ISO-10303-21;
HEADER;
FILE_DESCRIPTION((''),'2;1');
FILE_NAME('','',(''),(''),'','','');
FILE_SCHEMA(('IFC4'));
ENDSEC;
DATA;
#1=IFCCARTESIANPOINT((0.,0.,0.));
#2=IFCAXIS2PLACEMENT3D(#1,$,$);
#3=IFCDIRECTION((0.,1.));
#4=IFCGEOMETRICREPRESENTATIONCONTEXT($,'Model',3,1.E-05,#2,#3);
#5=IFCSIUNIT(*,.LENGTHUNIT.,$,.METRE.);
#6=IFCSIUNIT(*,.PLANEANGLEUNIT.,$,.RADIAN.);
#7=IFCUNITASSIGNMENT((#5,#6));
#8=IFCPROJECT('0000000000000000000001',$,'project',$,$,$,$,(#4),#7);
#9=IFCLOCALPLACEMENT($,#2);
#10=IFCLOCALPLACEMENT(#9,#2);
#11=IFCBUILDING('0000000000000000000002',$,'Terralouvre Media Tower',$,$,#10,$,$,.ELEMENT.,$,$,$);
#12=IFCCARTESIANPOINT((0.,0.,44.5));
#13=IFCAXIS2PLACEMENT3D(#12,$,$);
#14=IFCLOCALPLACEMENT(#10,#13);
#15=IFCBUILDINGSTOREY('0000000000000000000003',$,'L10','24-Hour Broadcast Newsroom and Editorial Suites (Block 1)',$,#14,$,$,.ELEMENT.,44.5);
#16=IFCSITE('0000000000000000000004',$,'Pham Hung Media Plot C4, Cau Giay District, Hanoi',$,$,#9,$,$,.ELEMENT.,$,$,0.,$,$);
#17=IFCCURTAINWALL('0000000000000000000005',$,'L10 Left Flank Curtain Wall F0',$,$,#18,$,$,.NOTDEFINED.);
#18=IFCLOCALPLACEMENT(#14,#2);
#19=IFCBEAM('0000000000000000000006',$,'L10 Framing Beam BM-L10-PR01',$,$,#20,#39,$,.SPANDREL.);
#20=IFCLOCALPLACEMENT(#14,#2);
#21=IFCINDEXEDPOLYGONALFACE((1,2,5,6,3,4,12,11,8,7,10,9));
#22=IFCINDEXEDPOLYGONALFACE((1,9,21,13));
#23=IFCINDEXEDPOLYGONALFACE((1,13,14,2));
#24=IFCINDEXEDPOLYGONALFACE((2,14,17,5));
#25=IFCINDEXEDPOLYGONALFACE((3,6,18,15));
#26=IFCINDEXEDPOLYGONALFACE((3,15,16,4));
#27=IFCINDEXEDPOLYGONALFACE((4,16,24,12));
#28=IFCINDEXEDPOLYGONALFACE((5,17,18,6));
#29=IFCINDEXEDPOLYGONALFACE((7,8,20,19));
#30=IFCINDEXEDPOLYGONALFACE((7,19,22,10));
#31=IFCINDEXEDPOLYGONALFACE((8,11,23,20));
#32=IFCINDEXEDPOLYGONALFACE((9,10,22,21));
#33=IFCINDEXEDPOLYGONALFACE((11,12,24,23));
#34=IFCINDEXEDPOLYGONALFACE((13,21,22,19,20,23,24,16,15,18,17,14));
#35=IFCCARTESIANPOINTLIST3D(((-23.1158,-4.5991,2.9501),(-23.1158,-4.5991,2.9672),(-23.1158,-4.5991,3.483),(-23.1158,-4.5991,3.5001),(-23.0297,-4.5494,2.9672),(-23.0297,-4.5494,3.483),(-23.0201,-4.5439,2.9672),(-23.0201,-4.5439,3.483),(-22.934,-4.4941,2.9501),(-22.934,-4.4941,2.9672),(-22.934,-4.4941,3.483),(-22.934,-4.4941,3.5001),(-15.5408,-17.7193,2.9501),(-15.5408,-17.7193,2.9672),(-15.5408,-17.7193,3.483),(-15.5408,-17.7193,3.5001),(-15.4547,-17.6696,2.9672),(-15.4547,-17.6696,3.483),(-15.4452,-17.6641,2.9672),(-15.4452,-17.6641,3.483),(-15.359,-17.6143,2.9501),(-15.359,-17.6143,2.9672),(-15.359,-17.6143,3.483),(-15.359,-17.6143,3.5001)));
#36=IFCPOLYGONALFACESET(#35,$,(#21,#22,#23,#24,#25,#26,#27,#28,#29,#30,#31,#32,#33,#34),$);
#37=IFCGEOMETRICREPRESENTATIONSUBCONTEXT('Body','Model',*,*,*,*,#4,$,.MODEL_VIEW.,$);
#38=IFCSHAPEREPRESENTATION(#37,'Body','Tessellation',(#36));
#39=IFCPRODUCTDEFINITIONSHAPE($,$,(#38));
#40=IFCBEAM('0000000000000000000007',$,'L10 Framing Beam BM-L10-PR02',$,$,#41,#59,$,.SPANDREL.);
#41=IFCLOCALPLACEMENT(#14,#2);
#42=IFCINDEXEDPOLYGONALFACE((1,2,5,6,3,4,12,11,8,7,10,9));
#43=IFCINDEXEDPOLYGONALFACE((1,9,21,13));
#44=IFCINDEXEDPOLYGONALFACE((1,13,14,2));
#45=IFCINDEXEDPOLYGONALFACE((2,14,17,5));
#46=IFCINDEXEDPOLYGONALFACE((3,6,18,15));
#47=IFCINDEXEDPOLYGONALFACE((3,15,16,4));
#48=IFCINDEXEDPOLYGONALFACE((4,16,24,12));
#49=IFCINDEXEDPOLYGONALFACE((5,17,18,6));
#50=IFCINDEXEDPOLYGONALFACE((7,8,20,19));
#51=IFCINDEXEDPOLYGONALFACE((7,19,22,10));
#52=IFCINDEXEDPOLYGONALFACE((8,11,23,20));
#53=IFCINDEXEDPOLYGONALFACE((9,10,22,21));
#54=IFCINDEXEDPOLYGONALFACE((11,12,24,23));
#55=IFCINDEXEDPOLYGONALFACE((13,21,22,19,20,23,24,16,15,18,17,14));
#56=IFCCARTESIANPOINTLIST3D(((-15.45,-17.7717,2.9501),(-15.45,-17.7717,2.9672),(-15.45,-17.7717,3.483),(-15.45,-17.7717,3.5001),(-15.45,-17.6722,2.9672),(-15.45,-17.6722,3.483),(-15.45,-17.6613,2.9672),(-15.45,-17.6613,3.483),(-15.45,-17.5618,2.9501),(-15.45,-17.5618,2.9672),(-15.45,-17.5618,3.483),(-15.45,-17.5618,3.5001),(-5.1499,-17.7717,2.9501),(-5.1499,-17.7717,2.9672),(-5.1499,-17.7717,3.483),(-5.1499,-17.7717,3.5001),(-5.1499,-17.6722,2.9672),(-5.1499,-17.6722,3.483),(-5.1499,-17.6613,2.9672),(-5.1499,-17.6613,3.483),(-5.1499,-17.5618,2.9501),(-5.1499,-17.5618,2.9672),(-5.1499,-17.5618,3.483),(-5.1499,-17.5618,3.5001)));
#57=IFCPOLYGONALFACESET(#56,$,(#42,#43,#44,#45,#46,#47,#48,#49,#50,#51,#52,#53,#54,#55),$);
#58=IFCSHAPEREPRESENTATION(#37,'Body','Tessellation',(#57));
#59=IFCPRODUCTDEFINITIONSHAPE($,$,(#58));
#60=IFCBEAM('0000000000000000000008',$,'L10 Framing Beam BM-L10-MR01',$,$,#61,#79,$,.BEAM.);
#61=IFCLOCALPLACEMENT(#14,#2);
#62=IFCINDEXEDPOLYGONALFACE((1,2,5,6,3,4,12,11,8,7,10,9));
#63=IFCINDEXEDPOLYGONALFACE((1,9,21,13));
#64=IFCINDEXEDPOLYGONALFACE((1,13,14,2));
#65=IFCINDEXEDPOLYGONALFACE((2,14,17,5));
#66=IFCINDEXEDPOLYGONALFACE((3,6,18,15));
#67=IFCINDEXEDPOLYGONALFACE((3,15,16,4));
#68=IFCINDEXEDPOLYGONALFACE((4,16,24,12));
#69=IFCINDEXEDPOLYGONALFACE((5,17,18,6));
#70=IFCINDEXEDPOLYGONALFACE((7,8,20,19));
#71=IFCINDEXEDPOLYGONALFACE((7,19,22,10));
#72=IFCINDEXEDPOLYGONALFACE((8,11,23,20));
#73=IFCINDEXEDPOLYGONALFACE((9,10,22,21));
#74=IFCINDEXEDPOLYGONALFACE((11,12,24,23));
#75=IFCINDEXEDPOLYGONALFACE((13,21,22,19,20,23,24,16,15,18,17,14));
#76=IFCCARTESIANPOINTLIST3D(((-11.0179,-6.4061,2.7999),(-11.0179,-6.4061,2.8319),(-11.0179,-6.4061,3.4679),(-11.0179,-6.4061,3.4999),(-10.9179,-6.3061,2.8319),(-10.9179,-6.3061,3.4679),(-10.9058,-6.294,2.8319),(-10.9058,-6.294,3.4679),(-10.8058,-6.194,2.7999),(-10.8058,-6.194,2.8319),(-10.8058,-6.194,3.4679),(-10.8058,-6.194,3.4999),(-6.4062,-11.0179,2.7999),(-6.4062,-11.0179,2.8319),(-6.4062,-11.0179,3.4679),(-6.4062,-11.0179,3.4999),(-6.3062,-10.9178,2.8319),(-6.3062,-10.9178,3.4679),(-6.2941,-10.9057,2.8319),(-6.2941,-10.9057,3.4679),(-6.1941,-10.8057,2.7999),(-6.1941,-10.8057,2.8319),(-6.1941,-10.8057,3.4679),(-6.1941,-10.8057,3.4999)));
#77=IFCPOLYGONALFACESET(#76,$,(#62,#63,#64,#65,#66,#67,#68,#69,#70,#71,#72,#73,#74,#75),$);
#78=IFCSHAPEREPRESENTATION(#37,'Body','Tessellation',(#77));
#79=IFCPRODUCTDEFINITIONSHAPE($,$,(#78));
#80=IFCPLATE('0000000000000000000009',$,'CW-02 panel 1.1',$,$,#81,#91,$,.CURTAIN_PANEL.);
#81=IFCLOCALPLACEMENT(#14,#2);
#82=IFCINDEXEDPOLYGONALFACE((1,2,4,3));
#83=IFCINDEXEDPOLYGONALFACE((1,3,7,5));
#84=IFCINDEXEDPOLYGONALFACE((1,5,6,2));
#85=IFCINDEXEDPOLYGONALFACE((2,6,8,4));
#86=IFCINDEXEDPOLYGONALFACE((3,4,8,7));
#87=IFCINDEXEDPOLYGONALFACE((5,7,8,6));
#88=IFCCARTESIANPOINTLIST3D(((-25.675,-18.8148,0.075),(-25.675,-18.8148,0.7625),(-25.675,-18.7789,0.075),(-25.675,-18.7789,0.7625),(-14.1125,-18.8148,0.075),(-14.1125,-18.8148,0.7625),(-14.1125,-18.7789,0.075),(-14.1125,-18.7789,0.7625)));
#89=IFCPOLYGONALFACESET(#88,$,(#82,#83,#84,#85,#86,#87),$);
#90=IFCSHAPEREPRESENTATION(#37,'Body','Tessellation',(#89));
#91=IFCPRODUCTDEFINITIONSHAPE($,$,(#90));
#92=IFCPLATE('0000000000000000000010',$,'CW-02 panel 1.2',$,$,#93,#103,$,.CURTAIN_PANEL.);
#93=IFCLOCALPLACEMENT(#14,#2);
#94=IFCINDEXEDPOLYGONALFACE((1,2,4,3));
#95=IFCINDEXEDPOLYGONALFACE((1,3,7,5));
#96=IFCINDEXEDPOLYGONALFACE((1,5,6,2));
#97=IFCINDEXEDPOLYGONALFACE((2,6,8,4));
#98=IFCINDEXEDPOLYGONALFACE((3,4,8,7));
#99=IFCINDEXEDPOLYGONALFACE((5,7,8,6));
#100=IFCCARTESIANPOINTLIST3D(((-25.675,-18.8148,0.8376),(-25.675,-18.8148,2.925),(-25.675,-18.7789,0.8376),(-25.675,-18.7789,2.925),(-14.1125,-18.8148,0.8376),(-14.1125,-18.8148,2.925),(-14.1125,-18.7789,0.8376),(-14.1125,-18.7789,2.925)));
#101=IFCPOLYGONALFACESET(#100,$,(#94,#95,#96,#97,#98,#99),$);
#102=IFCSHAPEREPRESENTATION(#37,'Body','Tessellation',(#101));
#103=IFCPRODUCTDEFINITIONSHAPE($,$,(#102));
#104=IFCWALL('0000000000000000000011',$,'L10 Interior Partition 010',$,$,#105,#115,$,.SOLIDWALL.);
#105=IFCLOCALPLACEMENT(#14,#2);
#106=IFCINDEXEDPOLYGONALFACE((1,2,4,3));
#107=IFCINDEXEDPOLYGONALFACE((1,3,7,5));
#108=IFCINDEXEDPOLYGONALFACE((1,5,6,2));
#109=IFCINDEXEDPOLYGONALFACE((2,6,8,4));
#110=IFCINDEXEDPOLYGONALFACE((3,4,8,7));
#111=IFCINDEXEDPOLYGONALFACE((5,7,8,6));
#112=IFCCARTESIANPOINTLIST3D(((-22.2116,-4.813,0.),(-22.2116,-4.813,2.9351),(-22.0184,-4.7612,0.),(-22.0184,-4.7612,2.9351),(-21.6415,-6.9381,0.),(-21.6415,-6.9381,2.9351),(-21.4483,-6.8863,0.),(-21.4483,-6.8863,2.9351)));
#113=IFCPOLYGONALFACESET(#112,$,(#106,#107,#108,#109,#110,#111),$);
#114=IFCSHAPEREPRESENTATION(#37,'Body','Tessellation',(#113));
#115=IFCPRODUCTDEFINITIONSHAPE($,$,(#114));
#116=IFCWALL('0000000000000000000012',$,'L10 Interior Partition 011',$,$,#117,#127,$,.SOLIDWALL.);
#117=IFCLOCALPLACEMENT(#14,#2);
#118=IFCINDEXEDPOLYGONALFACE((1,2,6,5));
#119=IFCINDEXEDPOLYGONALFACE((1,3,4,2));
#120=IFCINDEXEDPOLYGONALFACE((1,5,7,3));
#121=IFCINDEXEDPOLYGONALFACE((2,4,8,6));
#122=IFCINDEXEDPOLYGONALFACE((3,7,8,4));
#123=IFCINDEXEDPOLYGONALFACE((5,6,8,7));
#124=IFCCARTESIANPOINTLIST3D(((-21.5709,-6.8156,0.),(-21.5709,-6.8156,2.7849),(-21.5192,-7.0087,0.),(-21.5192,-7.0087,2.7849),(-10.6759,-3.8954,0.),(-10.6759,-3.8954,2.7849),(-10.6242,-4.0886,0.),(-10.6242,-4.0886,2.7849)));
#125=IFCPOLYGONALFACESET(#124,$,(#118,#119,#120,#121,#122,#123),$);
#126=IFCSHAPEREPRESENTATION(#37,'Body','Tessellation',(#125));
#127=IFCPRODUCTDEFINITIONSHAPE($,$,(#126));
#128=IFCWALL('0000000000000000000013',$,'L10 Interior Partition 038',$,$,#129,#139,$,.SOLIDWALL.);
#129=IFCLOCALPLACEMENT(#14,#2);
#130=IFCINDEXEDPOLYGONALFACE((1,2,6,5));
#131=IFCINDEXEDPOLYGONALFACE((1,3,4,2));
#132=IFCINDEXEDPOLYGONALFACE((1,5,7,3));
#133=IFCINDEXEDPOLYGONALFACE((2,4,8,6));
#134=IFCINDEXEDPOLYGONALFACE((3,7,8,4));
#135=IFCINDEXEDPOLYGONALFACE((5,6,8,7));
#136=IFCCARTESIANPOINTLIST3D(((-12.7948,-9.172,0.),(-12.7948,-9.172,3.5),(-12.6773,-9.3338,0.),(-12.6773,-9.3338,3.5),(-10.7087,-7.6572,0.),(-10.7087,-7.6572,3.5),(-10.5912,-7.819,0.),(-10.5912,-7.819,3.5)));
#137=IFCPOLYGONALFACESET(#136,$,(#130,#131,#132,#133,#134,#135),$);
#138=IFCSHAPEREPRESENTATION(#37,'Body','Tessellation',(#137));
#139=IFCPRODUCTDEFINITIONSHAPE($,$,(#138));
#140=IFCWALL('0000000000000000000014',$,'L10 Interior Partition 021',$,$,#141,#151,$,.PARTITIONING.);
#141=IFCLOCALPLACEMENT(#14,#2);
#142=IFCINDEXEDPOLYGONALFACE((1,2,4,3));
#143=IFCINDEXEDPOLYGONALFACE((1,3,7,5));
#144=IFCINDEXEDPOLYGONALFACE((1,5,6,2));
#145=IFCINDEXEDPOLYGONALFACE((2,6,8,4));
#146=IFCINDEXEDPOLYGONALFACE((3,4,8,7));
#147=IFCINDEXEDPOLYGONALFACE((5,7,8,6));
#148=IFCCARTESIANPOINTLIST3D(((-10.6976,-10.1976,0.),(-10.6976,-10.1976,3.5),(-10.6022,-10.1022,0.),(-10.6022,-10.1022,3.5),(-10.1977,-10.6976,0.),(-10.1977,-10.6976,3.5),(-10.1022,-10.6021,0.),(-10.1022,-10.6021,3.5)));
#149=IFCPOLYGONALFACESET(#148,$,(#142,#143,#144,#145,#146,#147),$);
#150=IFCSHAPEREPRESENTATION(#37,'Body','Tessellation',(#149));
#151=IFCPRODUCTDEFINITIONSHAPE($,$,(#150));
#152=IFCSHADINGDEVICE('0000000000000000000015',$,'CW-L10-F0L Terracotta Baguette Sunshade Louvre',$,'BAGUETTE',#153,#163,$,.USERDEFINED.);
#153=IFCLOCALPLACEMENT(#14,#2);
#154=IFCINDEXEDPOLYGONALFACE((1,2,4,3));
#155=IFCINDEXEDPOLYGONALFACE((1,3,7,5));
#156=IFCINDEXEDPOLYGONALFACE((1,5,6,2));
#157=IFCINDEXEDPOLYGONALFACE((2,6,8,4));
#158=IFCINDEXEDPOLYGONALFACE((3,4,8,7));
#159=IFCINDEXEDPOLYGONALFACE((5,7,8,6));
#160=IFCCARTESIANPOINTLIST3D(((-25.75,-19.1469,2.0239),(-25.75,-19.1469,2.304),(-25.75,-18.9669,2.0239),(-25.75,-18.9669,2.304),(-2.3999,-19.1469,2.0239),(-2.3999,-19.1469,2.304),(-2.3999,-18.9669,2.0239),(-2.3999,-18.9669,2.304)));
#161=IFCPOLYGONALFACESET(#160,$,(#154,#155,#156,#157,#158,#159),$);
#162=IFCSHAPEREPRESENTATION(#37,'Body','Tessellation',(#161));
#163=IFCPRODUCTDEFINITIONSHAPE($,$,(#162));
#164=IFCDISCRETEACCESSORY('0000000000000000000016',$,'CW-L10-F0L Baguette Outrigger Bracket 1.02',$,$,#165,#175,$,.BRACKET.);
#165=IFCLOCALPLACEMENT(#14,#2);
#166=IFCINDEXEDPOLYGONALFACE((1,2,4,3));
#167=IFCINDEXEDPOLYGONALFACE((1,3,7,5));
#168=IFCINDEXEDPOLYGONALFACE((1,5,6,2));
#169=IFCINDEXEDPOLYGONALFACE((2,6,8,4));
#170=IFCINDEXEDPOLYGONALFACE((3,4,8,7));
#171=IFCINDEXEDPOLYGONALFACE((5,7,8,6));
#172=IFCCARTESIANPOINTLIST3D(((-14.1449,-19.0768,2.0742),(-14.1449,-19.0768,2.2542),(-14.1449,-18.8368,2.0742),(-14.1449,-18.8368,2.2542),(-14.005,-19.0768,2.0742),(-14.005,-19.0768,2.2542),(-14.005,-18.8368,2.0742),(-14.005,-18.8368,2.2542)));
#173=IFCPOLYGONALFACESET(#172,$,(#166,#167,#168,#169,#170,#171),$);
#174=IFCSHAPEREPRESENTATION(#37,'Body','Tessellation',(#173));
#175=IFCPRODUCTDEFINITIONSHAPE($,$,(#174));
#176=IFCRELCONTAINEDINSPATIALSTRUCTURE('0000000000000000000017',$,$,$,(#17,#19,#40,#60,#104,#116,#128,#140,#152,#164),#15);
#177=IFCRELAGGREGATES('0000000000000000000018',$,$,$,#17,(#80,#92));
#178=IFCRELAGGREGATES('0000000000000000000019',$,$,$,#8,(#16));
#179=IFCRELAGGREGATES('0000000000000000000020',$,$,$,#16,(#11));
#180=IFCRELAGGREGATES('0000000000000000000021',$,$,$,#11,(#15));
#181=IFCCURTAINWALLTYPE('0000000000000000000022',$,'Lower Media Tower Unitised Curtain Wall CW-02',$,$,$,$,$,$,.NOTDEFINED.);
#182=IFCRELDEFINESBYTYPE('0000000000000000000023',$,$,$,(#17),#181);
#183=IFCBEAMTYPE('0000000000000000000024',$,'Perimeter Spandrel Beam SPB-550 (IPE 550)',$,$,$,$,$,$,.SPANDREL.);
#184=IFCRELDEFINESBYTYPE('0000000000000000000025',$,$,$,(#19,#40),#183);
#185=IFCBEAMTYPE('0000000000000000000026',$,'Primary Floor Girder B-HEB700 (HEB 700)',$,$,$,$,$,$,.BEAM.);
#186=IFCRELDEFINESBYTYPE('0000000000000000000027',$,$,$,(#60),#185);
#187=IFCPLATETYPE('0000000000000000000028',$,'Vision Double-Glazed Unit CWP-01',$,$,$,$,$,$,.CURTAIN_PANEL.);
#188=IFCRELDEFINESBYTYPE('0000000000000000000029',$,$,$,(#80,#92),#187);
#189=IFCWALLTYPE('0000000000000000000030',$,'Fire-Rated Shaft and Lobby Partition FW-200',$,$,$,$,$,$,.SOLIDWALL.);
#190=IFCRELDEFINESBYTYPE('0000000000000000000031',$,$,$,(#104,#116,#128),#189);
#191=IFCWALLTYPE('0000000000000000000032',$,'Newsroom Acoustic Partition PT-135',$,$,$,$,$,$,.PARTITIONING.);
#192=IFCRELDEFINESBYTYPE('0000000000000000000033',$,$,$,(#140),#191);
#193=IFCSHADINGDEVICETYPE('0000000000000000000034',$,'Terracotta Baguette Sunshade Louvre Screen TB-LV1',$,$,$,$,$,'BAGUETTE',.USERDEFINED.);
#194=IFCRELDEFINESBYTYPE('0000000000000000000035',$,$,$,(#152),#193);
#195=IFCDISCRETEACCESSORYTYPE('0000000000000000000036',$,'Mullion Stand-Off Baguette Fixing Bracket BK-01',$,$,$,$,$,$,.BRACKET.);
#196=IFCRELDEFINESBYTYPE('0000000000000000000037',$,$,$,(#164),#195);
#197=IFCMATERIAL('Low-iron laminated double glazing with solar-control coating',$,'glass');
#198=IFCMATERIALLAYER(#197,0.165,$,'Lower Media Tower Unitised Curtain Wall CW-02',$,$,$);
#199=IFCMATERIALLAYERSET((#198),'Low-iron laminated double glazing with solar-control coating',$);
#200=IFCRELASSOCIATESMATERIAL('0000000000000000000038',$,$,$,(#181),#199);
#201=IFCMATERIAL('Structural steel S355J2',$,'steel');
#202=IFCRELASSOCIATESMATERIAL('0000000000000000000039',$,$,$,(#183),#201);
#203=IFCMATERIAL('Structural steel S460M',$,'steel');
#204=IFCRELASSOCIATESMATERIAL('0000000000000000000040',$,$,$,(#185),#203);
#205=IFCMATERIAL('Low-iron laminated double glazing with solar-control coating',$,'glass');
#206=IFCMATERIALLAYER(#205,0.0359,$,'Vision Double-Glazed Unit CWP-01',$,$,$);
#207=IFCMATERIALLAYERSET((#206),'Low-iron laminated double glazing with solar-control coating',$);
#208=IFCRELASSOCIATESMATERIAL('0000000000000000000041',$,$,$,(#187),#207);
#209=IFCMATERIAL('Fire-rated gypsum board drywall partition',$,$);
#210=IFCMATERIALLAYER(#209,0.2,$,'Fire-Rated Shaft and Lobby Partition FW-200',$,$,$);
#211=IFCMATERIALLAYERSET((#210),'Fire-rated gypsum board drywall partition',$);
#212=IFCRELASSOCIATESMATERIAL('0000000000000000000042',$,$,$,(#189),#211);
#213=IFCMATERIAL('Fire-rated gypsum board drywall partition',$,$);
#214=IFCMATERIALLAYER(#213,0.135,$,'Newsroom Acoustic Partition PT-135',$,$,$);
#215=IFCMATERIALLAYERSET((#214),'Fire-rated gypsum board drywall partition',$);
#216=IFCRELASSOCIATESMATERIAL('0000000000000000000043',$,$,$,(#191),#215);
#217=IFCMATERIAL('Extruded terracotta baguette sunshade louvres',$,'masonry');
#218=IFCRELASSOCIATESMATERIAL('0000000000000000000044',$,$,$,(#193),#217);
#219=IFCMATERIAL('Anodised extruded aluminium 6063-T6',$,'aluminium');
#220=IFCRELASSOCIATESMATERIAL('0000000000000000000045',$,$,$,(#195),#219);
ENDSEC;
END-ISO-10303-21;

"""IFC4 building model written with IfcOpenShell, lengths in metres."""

from ifc_helpers import new_model, si_unit, direction, frame, frame_2d, origin, origin_2d, place, context, subcontext, project, spatial, rectangle, i_section, extrude, material, layer, layer_set, material_profile, profile_set, type_object, element, aggregate, save


model = new_model("IFC4")

# Units and contexts
model_context = context("Model", 3, precision=1e-05, world=origin(), true_north=direction((0.0, 1.0)))
body_context = subcontext(model_context, "Body", "Model", "MODEL_VIEW")
ifc_project = project(units=[si_unit("LENGTHUNIT", "METRE"), si_unit("PLANEANGLEUNIT", "RADIAN")], contexts=[model_context])

# Site, building, storey
site_placement = place(None, origin())
site = spatial("IfcSite", under=ifc_project, at=site_placement, Name="Pham Hung Media Plot C4, Cau Giay District, Hanoi", CompositionType="ELEMENT", RefElevation=0.0)
building_placement = place(site_placement, origin())
building = spatial("IfcBuilding", under=site, at=building_placement, Name="Terralouvre Media Tower", CompositionType="ELEMENT")
storey_placement = place(building_placement, frame((0.0, 0.0, 44.5)))
storey = spatial("IfcBuildingStorey", under=building, at=storey_placement, Name="L10", Description="24-Hour Broadcast Newsroom and Editorial Suites (Block 1)", CompositionType="ELEMENT", Elevation=44.5)

# Curtain wall
ifc_material_1 = material(Name="Low-iron laminated double glazing with solar-control coating", Category="glass")
ifc_layer_1 = layer(ifc_material_1, 0.165, Name="Lower Media Tower Unitised Curtain Wall CW-02")
ifc_layer_set_1 = layer_set([ifc_layer_1], Name="Low-iron laminated double glazing with solar-control coating")
curtain_wall_type = type_object("IfcCurtainWallType", Name="Lower Media Tower Unitised Curtain Wall CW-02", PredefinedType="NOTDEFINED", material=ifc_layer_set_1)
curtain_wall_1_placement = place(storey_placement, origin())
curtain_wall_1 = element("IfcCurtainWall", 1, at=curtain_wall_1_placement, inside=storey, type_object=curtain_wall_type, Name="L10 Left Flank Curtain Wall F0", PredefinedType="NOTDEFINED")

# Beams
ifc_material_2 = material(Name="Structural steel S355J2", Category="steel")
ifc_material_profile_1 = material_profile(ifc_material_2, i_section(OverallWidth=0.21, OverallDepth=0.55, WebThickness=0.011, FlangeThickness=0.0171, at=origin_2d()), Name="IPE 550")
ifc_profile_set_1 = profile_set([ifc_material_profile_1], Name="Structural steel S355J2")
beam_type_1 = type_object("IfcBeamType", Name="Perimeter Spandrel Beam SPB-550 (IPE 550)", PredefinedType="SPANDREL", material=ifc_profile_set_1)
beam_1_placement = place(storey_placement, frame((-23.0249, -4.5466, 3.2251), z_axis=(0.500002, -0.866024, 0.0), x_axis=(0.866024, 0.500002, 0.0)))
element("IfcBeam", 2, at=beam_1_placement, inside=storey, type_object=beam_type_1, Name="L10 Framing Beam BM-L10-PR01", PredefinedType="SPANDREL", context=body_context, shape_type="SweptSolid", body=[
    extrude(i_section(OverallWidth=0.21, OverallDepth=0.55, WebThickness=0.011, FlangeThickness=0.0171, at=origin_2d()), origin(), (0.0, 0.0, 1.0), 15.1499),
])
beam_2_placement = place(storey_placement, frame((-15.45, -17.6667, 3.2251), z_axis=(1.0, 0.0, 0.0), x_axis=(0.0, 1.0, 0.0)))
element("IfcBeam", 3, at=beam_2_placement, inside=storey, type_object=beam_type_1, Name="L10 Framing Beam BM-L10-PR02", PredefinedType="SPANDREL", context=body_context, shape_type="SweptSolid", body=[
    extrude(i_section(OverallWidth=0.21, OverallDepth=0.55, WebThickness=0.011, FlangeThickness=0.0171, at=origin_2d()), origin(), (0.0, 0.0, 1.0), 10.3),
])
ifc_material_3 = material(Name="Structural steel S460M", Category="steel")
ifc_material_profile_2 = material_profile(ifc_material_3, i_section(OverallWidth=0.3, OverallDepth=0.7, WebThickness=0.0171, FlangeThickness=0.032, at=origin_2d()), Name="HEB 700")
ifc_profile_set_2 = profile_set([ifc_material_profile_2], Name="Structural steel S460M")
beam_type_2 = type_object("IfcBeamType", Name="Primary Floor Girder B-HEB700 (HEB 700)", PredefinedType="BEAM", material=ifc_profile_set_2)
beam_3_placement = place(storey_placement, frame((-10.9119, -6.3, 3.1499), z_axis=(0.707107, -0.707107, 0.0), x_axis=(0.707107, 0.707107, 0.0)))
element("IfcBeam", 4, at=beam_3_placement, inside=storey, type_object=beam_type_2, Name="L10 Framing Beam BM-L10-MR01", PredefinedType="BEAM", context=body_context, shape_type="SweptSolid", body=[
    extrude(i_section(OverallWidth=0.3, OverallDepth=0.7, WebThickness=0.0171, FlangeThickness=0.032, at=origin_2d()), origin(), (0.0, 0.0, 1.0), 6.522),
])

# Plates
ifc_material_4 = material(Name="Low-iron laminated double glazing with solar-control coating", Category="glass")
ifc_layer_2 = layer(ifc_material_4, 0.0359, Name="Vision Double-Glazed Unit CWP-01")
ifc_layer_set_2 = layer_set([ifc_layer_2], Name="Low-iron laminated double glazing with solar-control coating")
plate_type = type_object("IfcPlateType", Name="Vision Double-Glazed Unit CWP-01", PredefinedType="CURTAIN_PANEL", material=ifc_layer_set_2)
plate_1_placement = place(storey_placement, frame((-19.8938, -18.7969, 0.075), z_axis=(0.0, 0.0, 1.0), x_axis=(1.0, 0.0, 0.0)))
plate_1 = element("IfcPlate", 5, at=plate_1_placement, type_object=plate_type, Name="CW-02 panel 1.1", PredefinedType="CURTAIN_PANEL", context=body_context, shape_type="SweptSolid", body=[
    extrude(rectangle(XDim=11.5625, YDim=0.0359, at=origin_2d()), origin(), (0.0, 0.0, 1.0), 0.6875),
])
plate_2_placement = place(storey_placement, frame((-19.8938, -18.7969, 0.8376), z_axis=(0.0, 0.0, 1.0), x_axis=(1.0, 0.0, 0.0)))
plate_2 = element("IfcPlate", 6, at=plate_2_placement, type_object=plate_type, Name="CW-02 panel 1.2", PredefinedType="CURTAIN_PANEL", context=body_context, shape_type="SweptSolid", body=[
    extrude(rectangle(XDim=11.5625, YDim=0.0359, at=origin_2d()), origin(), (0.0, 0.0, 1.0), 2.0874),
])
aggregate(curtain_wall_1, [plate_1, plate_2])

# Walls
ifc_material_5 = material(Name="Fire-rated gypsum board drywall partition")
ifc_layer_3 = layer(ifc_material_5, 0.2, Name="Fire-Rated Shaft and Lobby Partition FW-200")
ifc_layer_set_3 = layer_set([ifc_layer_3], Name="Fire-rated gypsum board drywall partition")
wall_type_1 = type_object("IfcWallType", Name="Fire-Rated Shaft and Lobby Partition FW-200", PredefinedType="SOLIDWALL", material=ifc_layer_set_3)
wall_1_placement = place(storey_placement, frame((-22.115, -4.7871, 0.0), z_axis=(0.0, 0.0, 1.0), x_axis=(0.259106, -0.965849, 0.0)))
element("IfcWall", 7, at=wall_1_placement, inside=storey, type_object=wall_type_1, Name="L10 Interior Partition 010", PredefinedType="SOLIDWALL", context=body_context, shape_type="SweptSolid", body=[
    extrude(rectangle(XDim=2.2002, YDim=0.2, at=frame_2d((1.1001, 0.0))), origin(), (0.0, 0.0, 1.0), 2.9351),
])
wall_2_placement = place(storey_placement, frame((-21.5449, -6.9121, 0.0), z_axis=(0.0, 0.0, 1.0), x_axis=(0.965907, 0.25889, 0.0)))
element("IfcWall", 8, at=wall_2_placement, inside=storey, type_object=wall_type_1, Name="L10 Interior Partition 011", PredefinedType="SOLIDWALL", context=body_context, shape_type="SweptSolid", body=[
    extrude(rectangle(XDim=11.2795, YDim=0.2, at=frame_2d((5.6396, 0.0))), origin(), (0.0, 0.0, 1.0), 2.7849),
])
wall_3_placement = place(storey_placement, frame((-12.7361, -9.2529, 0.0), z_axis=(0.0, 0.0, 1.0), x_axis=(0.809166, 0.58758, 0.0)))
element("IfcWall", 9, at=wall_3_placement, inside=storey, type_object=wall_type_1, Name="L10 Interior Partition 038", PredefinedType="SOLIDWALL", context=body_context, shape_type="SweptSolid", body=[
    extrude(rectangle(XDim=2.5781, YDim=0.2, at=frame_2d((1.2891, 0.0))), origin(), (0.0, 0.0, 1.0), 3.5),
])
ifc_material_6 = material(Name="Fire-rated gypsum board drywall partition")
ifc_layer_4 = layer(ifc_material_6, 0.135, Name="Newsroom Acoustic Partition PT-135")
ifc_layer_set_4 = layer_set([ifc_layer_4], Name="Fire-rated gypsum board drywall partition")
wall_type_2 = type_object("IfcWallType", Name="Newsroom Acoustic Partition PT-135", PredefinedType="PARTITIONING", material=ifc_layer_set_4)
wall_4_placement = place(storey_placement, frame((-10.6499, -10.1499, 0.0), z_axis=(0.0, 0.0, 1.0), x_axis=(0.707107, -0.707107, 0.0)))
element("IfcWall", 10, at=wall_4_placement, inside=storey, type_object=wall_type_2, Name="L10 Interior Partition 021", PredefinedType="PARTITIONING", context=body_context, shape_type="SweptSolid", body=[
    extrude(rectangle(XDim=0.707, YDim=0.135, at=frame_2d((0.3535, 0.0))), origin(), (0.0, 0.0, 1.0), 3.5),
])

# Shading device
ifc_material_7 = material(Name="Extruded terracotta baguette sunshade louvres", Category="masonry")
shading_device_type = type_object("IfcShadingDeviceType", Name="Terracotta Baguette Sunshade Louvre Screen TB-LV1", ElementType="BAGUETTE", PredefinedType="USERDEFINED", material=ifc_material_7)
shading_device_placement = place(storey_placement, frame((-14.075, -19.0569, 2.0239), z_axis=(0.0, 0.0, 1.0), x_axis=(1.0, 0.0, 0.0)))
element("IfcShadingDevice", 11, at=shading_device_placement, inside=storey, type_object=shading_device_type, Name="CW-L10-F0L Terracotta Baguette Sunshade Louvre", ObjectType="BAGUETTE", PredefinedType="USERDEFINED", context=body_context, shape_type="SweptSolid", body=[
    extrude(rectangle(XDim=23.3501, YDim=0.1799, at=origin_2d()), origin(), (0.0, 0.0, 1.0), 0.28),
])

# Discrete accessory
ifc_material_8 = material(Name="Anodised extruded aluminium 6063-T6", Category="aluminium")
discrete_accessory_type = type_object("IfcDiscreteAccessoryType", Name="Mullion Stand-Off Baguette Fixing Bracket BK-01", PredefinedType="BRACKET", material=ifc_material_8)
discrete_accessory_placement = place(storey_placement, frame((-14.075, -18.9568, 2.0742), z_axis=(0.0, 0.0, 1.0), x_axis=(1.0, 0.0, 0.0)))
element("IfcDiscreteAccessory", 12, at=discrete_accessory_placement, inside=storey, type_object=discrete_accessory_type, Name="CW-L10-F0L Baguette Outrigger Bracket 1.02", PredefinedType="BRACKET", context=body_context, shape_type="SweptSolid", body=[
    extrude(rectangle(XDim=0.1399, YDim=0.24, at=origin_2d()), origin(), (0.0, 0.0, 1.0), 0.1799),
])

save(model, "model.ifc")
